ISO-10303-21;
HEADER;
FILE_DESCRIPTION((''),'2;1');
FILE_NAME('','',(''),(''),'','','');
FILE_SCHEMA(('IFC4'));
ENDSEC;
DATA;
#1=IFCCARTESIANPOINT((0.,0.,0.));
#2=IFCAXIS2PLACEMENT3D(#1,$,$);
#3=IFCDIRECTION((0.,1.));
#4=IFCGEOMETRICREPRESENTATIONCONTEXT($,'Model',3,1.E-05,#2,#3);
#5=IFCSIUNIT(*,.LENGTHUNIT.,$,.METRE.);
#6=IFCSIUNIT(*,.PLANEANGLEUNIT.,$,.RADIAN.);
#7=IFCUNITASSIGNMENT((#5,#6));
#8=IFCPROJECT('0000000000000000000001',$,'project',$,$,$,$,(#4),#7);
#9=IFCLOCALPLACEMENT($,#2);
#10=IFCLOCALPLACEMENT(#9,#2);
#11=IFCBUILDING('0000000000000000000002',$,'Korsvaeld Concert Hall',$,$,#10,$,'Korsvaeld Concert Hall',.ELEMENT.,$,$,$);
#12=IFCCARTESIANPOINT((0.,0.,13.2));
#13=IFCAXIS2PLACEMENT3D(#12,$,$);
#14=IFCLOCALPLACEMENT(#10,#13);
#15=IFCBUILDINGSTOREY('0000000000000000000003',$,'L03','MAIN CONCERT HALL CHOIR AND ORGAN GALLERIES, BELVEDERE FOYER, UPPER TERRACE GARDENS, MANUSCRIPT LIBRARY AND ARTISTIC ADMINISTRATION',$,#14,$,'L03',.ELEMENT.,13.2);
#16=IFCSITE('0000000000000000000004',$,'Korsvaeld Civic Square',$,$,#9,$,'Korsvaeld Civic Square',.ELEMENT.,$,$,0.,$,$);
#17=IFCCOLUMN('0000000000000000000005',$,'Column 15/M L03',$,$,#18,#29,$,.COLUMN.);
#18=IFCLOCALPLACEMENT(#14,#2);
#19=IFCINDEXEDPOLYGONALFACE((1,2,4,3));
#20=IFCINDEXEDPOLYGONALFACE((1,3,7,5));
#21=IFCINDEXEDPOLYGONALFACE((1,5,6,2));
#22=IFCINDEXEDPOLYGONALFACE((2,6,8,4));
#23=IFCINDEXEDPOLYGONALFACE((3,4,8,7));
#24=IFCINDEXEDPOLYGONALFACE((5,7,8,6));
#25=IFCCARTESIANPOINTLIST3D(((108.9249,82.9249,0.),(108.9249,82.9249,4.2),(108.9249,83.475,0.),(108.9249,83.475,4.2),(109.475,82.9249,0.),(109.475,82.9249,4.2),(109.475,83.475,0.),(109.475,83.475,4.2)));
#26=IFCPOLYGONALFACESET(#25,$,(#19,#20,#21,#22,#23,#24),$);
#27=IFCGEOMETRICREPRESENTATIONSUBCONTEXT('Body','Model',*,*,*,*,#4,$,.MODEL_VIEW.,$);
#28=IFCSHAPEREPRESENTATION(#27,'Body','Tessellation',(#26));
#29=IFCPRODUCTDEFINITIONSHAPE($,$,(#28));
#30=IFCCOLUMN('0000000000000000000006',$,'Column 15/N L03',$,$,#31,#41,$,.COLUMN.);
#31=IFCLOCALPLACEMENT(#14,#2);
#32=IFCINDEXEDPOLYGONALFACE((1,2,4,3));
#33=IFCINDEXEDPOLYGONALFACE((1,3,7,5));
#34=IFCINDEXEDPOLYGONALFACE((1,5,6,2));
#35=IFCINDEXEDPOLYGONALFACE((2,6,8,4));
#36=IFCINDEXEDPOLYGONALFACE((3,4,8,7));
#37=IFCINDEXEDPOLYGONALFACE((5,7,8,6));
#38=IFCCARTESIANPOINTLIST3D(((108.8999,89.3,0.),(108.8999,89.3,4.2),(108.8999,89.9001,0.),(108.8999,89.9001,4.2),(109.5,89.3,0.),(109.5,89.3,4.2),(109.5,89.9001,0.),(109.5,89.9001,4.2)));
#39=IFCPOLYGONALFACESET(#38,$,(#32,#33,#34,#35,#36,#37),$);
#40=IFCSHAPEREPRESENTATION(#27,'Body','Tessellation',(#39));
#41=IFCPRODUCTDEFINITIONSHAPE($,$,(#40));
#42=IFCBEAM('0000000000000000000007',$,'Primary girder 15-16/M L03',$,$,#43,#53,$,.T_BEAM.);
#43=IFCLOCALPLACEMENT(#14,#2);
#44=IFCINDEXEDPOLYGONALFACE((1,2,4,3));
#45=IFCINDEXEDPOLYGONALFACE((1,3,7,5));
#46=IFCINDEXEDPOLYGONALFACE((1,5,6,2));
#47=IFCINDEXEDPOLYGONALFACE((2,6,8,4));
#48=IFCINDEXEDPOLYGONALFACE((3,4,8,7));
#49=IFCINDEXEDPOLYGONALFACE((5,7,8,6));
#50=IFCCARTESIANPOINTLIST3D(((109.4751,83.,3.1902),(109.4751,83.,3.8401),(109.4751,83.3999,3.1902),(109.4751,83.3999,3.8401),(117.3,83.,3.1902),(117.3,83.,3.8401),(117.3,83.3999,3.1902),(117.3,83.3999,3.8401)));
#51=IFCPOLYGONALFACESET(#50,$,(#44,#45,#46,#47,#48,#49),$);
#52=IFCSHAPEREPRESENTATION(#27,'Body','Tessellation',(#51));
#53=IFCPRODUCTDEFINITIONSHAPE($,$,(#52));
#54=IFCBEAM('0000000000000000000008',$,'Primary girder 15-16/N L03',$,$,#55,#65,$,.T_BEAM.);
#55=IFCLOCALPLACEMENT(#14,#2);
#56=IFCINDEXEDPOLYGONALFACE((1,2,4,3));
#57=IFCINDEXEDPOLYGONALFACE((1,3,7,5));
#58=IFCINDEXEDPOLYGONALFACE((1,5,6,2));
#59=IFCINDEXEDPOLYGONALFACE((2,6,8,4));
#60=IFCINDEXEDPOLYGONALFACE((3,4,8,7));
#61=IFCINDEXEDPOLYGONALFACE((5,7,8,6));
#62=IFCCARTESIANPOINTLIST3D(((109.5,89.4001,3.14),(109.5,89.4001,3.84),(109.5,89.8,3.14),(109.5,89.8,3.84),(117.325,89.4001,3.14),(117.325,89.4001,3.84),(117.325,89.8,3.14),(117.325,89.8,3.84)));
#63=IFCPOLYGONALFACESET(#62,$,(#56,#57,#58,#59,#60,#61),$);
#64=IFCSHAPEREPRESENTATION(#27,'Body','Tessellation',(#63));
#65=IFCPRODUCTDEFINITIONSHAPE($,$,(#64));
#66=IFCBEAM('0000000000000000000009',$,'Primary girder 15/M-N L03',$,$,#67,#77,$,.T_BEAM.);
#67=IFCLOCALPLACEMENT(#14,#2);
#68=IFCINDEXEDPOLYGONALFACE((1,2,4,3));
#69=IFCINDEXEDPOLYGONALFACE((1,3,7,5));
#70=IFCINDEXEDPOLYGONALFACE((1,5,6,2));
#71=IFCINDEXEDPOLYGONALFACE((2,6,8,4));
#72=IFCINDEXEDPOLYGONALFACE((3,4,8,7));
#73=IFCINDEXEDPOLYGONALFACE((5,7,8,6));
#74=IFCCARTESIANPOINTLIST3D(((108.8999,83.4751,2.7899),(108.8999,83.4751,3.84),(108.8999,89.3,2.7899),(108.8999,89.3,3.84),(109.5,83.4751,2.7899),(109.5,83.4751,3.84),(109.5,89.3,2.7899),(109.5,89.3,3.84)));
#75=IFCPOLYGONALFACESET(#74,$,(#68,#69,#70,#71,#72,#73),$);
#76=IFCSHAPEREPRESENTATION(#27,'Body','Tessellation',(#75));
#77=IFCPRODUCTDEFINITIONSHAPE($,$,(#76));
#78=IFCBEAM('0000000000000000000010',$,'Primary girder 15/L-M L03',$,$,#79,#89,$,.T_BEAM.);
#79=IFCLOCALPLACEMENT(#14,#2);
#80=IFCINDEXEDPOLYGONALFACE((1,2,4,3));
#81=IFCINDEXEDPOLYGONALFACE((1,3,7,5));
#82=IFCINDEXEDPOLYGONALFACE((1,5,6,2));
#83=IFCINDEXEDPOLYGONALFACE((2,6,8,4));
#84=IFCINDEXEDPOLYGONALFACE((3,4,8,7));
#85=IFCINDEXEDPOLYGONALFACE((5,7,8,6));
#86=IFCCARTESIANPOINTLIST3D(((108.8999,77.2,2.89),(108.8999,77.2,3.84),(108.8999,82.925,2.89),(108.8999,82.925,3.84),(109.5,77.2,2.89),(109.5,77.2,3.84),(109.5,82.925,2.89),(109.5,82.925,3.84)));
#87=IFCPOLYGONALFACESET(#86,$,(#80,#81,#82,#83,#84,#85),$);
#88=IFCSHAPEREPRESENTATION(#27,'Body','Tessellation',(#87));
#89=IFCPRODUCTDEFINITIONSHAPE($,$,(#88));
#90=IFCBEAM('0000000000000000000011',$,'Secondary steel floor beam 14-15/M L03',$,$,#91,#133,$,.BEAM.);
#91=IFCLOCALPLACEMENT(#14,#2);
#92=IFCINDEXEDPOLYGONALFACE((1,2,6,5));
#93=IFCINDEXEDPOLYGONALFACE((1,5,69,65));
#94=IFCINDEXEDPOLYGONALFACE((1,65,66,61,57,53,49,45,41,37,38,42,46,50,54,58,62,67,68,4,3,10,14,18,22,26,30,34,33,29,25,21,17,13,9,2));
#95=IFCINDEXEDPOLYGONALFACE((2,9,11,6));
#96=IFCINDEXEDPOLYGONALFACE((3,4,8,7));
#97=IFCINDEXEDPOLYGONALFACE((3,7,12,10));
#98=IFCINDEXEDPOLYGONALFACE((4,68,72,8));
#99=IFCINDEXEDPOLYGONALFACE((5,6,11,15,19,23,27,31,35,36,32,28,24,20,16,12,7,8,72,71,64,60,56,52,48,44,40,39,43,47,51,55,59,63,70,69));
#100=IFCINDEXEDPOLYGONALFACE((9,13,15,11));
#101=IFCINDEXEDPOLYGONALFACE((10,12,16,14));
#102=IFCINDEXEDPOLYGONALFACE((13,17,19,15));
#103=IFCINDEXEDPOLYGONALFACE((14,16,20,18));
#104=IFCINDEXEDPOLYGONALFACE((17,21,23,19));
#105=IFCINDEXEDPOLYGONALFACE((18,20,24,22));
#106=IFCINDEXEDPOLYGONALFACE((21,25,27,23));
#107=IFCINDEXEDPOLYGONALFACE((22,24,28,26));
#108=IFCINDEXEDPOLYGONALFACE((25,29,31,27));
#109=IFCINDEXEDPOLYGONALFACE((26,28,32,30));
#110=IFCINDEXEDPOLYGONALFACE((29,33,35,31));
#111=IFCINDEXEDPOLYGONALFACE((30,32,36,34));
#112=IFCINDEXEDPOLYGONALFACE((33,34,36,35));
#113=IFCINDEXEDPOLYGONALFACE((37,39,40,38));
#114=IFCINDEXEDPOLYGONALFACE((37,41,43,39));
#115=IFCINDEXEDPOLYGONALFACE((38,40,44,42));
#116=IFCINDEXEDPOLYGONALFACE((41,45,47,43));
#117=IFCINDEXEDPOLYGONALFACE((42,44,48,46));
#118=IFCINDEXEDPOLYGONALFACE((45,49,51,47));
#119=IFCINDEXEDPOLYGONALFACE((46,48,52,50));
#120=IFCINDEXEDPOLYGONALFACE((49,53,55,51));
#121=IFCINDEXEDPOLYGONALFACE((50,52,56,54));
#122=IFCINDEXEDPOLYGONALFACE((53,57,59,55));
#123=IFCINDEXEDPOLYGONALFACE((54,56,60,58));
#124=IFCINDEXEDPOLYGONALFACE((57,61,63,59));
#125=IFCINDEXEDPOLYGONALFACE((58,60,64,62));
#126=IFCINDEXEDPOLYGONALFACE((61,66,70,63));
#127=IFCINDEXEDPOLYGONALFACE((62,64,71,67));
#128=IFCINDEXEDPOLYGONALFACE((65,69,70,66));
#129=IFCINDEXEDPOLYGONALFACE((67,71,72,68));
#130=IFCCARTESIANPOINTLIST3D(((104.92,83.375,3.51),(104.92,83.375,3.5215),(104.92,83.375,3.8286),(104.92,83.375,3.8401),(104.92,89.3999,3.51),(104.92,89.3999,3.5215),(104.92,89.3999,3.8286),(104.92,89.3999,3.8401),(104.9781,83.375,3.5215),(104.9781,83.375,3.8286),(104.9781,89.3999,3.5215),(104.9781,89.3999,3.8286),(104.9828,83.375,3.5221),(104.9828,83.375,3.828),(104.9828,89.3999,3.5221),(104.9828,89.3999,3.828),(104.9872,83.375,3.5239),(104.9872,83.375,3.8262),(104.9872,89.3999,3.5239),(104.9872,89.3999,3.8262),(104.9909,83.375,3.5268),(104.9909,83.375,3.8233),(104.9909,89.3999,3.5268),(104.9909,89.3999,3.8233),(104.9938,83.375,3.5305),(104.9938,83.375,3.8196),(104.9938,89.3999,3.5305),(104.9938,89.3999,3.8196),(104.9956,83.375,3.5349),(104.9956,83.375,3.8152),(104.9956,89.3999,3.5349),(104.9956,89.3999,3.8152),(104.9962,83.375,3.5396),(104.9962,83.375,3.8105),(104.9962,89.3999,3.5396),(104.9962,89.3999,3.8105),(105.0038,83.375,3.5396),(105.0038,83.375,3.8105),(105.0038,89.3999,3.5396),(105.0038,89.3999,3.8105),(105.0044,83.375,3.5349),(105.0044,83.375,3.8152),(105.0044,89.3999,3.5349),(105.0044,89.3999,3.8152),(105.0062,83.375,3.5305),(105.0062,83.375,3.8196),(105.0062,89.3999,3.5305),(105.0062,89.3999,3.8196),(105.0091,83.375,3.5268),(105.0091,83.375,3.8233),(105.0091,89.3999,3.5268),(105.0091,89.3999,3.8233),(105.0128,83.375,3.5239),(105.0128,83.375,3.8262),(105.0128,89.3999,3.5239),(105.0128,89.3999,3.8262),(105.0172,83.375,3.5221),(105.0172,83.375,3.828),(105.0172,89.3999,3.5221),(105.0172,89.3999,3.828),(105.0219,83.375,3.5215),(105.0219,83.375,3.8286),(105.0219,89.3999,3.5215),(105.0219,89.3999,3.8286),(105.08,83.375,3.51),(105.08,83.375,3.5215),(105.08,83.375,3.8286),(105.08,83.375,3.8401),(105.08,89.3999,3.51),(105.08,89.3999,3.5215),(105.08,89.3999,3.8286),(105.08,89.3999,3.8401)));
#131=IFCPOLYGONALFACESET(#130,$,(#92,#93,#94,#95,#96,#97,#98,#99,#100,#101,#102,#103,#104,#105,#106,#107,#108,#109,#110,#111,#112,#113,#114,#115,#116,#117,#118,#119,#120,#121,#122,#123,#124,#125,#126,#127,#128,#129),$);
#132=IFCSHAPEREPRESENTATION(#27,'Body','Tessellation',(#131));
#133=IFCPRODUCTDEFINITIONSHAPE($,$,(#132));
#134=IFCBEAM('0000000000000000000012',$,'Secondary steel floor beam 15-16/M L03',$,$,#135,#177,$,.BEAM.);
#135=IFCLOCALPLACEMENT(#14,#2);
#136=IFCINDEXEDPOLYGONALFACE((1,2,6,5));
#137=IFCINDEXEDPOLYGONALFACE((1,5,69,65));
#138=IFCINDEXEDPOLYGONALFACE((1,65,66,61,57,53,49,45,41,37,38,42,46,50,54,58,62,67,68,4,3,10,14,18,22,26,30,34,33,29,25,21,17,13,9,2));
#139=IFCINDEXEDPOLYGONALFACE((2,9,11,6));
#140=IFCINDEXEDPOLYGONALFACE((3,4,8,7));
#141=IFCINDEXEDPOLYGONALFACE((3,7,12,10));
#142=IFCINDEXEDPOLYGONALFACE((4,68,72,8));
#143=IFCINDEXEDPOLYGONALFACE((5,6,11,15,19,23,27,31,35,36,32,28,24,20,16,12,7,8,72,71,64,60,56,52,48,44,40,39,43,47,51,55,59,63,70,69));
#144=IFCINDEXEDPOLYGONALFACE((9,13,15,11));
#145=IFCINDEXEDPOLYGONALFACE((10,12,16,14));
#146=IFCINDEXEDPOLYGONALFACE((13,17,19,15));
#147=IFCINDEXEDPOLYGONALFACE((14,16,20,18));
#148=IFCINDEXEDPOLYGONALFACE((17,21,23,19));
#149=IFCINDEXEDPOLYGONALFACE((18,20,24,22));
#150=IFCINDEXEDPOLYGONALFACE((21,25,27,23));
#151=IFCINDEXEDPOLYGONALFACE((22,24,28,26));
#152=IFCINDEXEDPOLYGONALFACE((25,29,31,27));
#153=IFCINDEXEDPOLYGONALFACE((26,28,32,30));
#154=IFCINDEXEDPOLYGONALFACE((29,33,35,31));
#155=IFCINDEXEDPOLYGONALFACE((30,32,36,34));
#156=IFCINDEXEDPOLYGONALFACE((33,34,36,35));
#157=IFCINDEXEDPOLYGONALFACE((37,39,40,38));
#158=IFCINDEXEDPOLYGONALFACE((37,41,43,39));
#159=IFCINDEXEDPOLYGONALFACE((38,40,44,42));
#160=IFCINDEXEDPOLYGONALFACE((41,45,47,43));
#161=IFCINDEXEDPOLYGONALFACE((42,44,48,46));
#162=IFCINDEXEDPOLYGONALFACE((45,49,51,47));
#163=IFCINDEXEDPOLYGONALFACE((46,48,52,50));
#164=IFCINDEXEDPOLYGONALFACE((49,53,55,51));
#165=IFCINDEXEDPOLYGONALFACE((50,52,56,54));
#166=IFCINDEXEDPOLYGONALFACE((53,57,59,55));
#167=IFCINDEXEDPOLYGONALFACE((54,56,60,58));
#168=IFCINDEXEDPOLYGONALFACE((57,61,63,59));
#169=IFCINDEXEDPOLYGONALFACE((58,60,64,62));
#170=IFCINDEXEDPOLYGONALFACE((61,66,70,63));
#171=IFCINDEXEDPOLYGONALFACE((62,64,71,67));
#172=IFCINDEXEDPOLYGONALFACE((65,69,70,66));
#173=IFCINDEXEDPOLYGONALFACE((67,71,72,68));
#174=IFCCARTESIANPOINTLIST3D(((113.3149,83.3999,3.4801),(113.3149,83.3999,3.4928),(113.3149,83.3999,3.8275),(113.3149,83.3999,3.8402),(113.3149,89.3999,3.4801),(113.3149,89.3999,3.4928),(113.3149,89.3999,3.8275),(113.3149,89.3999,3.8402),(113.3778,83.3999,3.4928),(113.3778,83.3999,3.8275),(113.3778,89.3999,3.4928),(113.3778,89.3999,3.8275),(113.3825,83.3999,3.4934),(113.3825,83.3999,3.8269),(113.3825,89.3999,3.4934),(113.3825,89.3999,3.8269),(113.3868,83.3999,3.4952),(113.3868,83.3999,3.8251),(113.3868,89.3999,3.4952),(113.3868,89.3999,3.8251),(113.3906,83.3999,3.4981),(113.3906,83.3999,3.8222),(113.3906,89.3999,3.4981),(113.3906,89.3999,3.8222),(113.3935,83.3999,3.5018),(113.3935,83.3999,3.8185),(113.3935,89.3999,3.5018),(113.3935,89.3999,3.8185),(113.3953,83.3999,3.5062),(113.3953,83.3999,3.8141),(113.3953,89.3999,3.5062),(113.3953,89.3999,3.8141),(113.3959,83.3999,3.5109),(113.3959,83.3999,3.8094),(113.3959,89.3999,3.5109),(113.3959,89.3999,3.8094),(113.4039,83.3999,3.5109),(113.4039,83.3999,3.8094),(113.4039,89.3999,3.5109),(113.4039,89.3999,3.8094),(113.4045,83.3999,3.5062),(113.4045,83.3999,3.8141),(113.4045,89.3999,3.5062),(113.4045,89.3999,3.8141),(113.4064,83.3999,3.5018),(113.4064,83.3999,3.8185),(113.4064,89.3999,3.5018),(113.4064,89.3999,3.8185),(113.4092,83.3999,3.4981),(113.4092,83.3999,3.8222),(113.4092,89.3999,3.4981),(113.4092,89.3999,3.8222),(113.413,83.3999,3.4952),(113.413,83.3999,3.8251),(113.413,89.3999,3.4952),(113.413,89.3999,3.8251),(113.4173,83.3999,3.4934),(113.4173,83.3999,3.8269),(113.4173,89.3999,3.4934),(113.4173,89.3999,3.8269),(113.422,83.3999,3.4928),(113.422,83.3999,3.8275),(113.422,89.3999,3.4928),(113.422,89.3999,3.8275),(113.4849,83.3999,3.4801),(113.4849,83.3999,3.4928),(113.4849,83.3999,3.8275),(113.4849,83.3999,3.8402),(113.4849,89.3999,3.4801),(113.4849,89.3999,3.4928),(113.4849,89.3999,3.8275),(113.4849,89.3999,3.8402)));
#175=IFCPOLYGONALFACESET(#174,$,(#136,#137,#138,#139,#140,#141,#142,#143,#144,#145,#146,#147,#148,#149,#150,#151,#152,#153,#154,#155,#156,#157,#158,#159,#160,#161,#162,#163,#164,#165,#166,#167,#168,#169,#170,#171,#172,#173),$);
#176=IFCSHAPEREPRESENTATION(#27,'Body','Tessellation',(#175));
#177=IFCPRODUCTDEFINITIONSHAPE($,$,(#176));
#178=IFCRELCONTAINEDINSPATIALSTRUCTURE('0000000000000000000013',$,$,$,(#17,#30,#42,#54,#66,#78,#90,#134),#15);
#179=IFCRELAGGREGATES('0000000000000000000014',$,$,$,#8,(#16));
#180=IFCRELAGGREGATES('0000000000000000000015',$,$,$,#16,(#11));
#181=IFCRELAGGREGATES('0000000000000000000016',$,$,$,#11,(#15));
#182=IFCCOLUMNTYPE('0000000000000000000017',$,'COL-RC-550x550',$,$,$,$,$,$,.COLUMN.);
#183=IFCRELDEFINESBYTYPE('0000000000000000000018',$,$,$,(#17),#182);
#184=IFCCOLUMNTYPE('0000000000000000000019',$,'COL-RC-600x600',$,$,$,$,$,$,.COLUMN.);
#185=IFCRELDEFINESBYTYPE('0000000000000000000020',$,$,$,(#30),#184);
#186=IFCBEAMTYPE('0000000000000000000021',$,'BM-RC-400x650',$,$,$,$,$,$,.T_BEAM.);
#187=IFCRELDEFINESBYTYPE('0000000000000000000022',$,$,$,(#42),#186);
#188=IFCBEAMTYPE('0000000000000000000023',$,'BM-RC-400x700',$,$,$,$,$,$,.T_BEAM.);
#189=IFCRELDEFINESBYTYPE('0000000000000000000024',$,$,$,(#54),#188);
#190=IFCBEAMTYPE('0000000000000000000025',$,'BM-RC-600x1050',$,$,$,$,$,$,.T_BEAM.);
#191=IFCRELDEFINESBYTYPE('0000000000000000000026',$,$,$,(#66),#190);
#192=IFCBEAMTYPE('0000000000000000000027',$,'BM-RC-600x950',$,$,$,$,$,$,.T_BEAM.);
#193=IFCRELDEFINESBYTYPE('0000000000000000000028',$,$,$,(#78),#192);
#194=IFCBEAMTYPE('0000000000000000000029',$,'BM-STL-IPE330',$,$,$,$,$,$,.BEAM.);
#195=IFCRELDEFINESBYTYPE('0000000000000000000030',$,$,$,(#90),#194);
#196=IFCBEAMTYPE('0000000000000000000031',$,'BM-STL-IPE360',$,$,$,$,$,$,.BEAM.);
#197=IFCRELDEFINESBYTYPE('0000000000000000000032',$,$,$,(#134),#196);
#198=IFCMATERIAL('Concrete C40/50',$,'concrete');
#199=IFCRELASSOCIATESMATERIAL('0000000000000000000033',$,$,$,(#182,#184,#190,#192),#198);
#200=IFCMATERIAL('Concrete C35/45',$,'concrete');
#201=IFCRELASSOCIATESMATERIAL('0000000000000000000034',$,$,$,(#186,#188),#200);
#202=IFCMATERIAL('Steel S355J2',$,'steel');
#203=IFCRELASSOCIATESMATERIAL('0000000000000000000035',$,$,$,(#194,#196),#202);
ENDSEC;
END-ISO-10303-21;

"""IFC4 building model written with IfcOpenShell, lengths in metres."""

from ifc_helpers import new_model, si_unit, direction, frame, origin, origin_2d, place, context, subcontext, project, spatial, rectangle, i_section, extrude, material, material_profile, profile_set, type_object, element, save


model = new_model("IFC4")

# Units and contexts
model_context = context("Model", 3, precision=1e-05, world=origin(), true_north=direction((0.0, 1.0)))
body_context = subcontext(model_context, "Body", "Model", "MODEL_VIEW")
ifc_project = project(units=[si_unit("LENGTHUNIT", "METRE"), si_unit("PLANEANGLEUNIT", "RADIAN")], contexts=[model_context])

# Site, building, storey
site_placement = place(None, origin())
site = spatial("IfcSite", under=ifc_project, at=site_placement, Name="Korsvaeld Civic Square", LongName="Korsvaeld Civic Square", CompositionType="ELEMENT", RefElevation=0.0)
building_placement = place(site_placement, origin())
building = spatial("IfcBuilding", under=site, at=building_placement, Name="Korsvaeld Concert Hall", LongName="Korsvaeld Concert Hall", CompositionType="ELEMENT")
storey_placement = place(building_placement, frame((0.0, 0.0, 13.2)))
storey = spatial("IfcBuildingStorey", under=building, at=storey_placement, Name="L03", Description="MAIN CONCERT HALL CHOIR AND ORGAN GALLERIES, BELVEDERE FOYER, UPPER TERRACE GARDENS, MANUSCRIPT LIBRARY AND ARTISTIC ADMINISTRATION", LongName="L03", CompositionType="ELEMENT", Elevation=13.2)

# Columns
ifc_material_1 = material(Name="Concrete C40/50", Category="concrete")
ifc_material_profile_1 = material_profile(ifc_material_1, rectangle(XDim=0.55, YDim=0.55, at=origin_2d()), Name="RC 550x550")
ifc_profile_set_1 = profile_set([ifc_material_profile_1], Name="Concrete C40/50")
column_type_1 = type_object("IfcColumnType", Name="COL-RC-550x550", PredefinedType="COLUMN", material=ifc_profile_set_1)
column_1_placement = place(storey_placement, frame((109.2, 83.2, 0.0), z_axis=(0.0, 0.0, 1.0), x_axis=(1.0, 0.0, 0.0)))
element("IfcColumn", 1, at=column_1_placement, inside=storey, type_object=column_type_1, Name="Column 15/M L03", PredefinedType="COLUMN", context=body_context, shape_type="SweptSolid", body=[
    extrude(rectangle(XDim=0.55, YDim=0.55, at=origin_2d()), origin(), (0.0, 0.0, 1.0), 4.2),
])
ifc_material_profile_2 = material_profile(ifc_material_1, rectangle(XDim=0.6001, YDim=0.6001, at=origin_2d()), Name="RC 600x600")
ifc_profile_set_2 = profile_set([ifc_material_profile_2], Name="Concrete C40/50")
column_type_2 = type_object("IfcColumnType", Name="COL-RC-600x600", PredefinedType="COLUMN", material=ifc_profile_set_2)
column_2_placement = place(storey_placement, frame((109.2, 89.6001, 0.0), z_axis=(0.0, 0.0, 1.0), x_axis=(1.0, 0.0, 0.0)))
element("IfcColumn", 2, at=column_2_placement, inside=storey, type_object=column_type_2, Name="Column 15/N L03", PredefinedType="COLUMN", context=body_context, shape_type="SweptSolid", body=[
    extrude(rectangle(XDim=0.6001, YDim=0.6001, at=origin_2d()), origin(), (0.0, 0.0, 1.0), 4.2),
])

# Beams
ifc_material_2 = material(Name="Concrete C35/45", Category="concrete")
ifc_material_profile_3 = material_profile(ifc_material_2, rectangle(XDim=0.3999, YDim=0.6499, at=origin_2d()), Name="RC 400x650")
ifc_profile_set_3 = profile_set([ifc_material_profile_3], Name="Concrete C35/45")
beam_type_1 = type_object("IfcBeamType", Name="BM-RC-400x650", PredefinedType="T_BEAM", material=ifc_profile_set_3)
beam_1_placement = place(storey_placement, frame((109.4751, 83.2, 3.5151), z_axis=(1.0, 0.0, 0.0), x_axis=(0.0, 1.0, 0.0)))
element("IfcBeam", 3, at=beam_1_placement, inside=storey, type_object=beam_type_1, Name="Primary girder 15-16/M L03", PredefinedType="T_BEAM", context=body_context, shape_type="SweptSolid", body=[
    extrude(rectangle(XDim=0.3999, YDim=0.6499, at=origin_2d()), origin(), (0.0, 0.0, 1.0), 7.825),
])
ifc_material_profile_4 = material_profile(ifc_material_2, rectangle(XDim=0.3999, YDim=0.7, at=origin_2d()), Name="RC 400x700")
ifc_profile_set_4 = profile_set([ifc_material_profile_4], Name="Concrete C35/45")
beam_type_2 = type_object("IfcBeamType", Name="BM-RC-400x700", PredefinedType="T_BEAM", material=ifc_profile_set_4)
beam_2_placement = place(storey_placement, frame((109.5, 89.6001, 3.49), z_axis=(1.0, 0.0, 0.0), x_axis=(0.0, 1.0, 0.0)))
element("IfcBeam", 4, at=beam_2_placement, inside=storey, type_object=beam_type_2, Name="Primary girder 15-16/N L03", PredefinedType="T_BEAM", context=body_context, shape_type="SweptSolid", body=[
    extrude(rectangle(XDim=0.3999, YDim=0.7, at=origin_2d()), origin(), (0.0, 0.0, 1.0), 7.825),
])
ifc_material_profile_5 = material_profile(ifc_material_1, rectangle(XDim=0.6001, YDim=1.05, at=origin_2d()), Name="RC 600x1050")
ifc_profile_set_5 = profile_set([ifc_material_profile_5], Name="Concrete C40/50")
beam_type_3 = type_object("IfcBeamType", Name="BM-RC-600x1050", PredefinedType="T_BEAM", material=ifc_profile_set_5)
beam_3_placement = place(storey_placement, frame((109.2, 83.4751, 3.3149), z_axis=(0.0, 1.0, 0.0), x_axis=(-1.0, 0.0, 0.0)))
element("IfcBeam", 5, at=beam_3_placement, inside=storey, type_object=beam_type_3, Name="Primary girder 15/M-N L03", PredefinedType="T_BEAM", context=body_context, shape_type="SweptSolid", body=[
    extrude(rectangle(XDim=0.6001, YDim=1.05, at=origin_2d()), origin(), (0.0, 0.0, 1.0), 5.825),
])
ifc_material_profile_6 = material_profile(ifc_material_1, rectangle(XDim=0.6001, YDim=0.95, at=origin_2d()), Name="RC 600x950")
ifc_profile_set_6 = profile_set([ifc_material_profile_6], Name="Concrete C40/50")
beam_type_4 = type_object("IfcBeamType", Name="BM-RC-600x950", PredefinedType="T_BEAM", material=ifc_profile_set_6)
beam_4_placement = place(storey_placement, frame((109.2, 77.2, 3.365), z_axis=(0.0, 1.0, 0.0), x_axis=(-1.0, 0.0, 0.0)))
element("IfcBeam", 6, at=beam_4_placement, inside=storey, type_object=beam_type_4, Name="Primary girder 15/L-M L03", PredefinedType="T_BEAM", context=body_context, shape_type="SweptSolid", body=[
    extrude(rectangle(XDim=0.6001, YDim=0.95, at=origin_2d()), origin(), (0.0, 0.0, 1.0), 5.7251),
])
ifc_material_3 = material(Name="Steel S355J2", Category="steel")
ifc_material_profile_7 = material_profile(ifc_material_3, i_section(OverallWidth=0.1599, OverallDepth=0.3301, WebThickness=0.0076, FlangeThickness=0.0115, FilletRadius=0.0181, at=origin_2d()), Name="IPE 330")
ifc_profile_set_7 = profile_set([ifc_material_profile_7], Name="Steel S355J2")
beam_type_5 = type_object("IfcBeamType", Name="BM-STL-IPE330", PredefinedType="BEAM", material=ifc_profile_set_7)
beam_5_placement = place(storey_placement, frame((105.0, 83.375, 3.675), z_axis=(0.0, 1.0, 0.0), x_axis=(-1.0, 0.0, 0.0)))
element("IfcBeam", 7, at=beam_5_placement, inside=storey, type_object=beam_type_5, Name="Secondary steel floor beam 14-15/M L03", PredefinedType="BEAM", context=body_context, shape_type="SweptSolid", body=[
    extrude(i_section(OverallWidth=0.1599, OverallDepth=0.3301, WebThickness=0.0076, FlangeThickness=0.0115, FilletRadius=0.0181, at=origin_2d()), origin(), (0.0, 0.0, 1.0), 6.0249),
])
ifc_material_profile_8 = material_profile(ifc_material_3, i_section(OverallWidth=0.1699, OverallDepth=0.3601, WebThickness=0.0081, FlangeThickness=0.0127, FilletRadius=0.0181, at=origin_2d()), Name="IPE 360")
ifc_profile_set_8 = profile_set([ifc_material_profile_8], Name="Steel S355J2")
beam_type_6 = type_object("IfcBeamType", Name="BM-STL-IPE360", PredefinedType="BEAM", material=ifc_profile_set_8)
beam_6_placement = place(storey_placement, frame((113.3999, 83.3999, 3.6602), z_axis=(0.0, 1.0, 0.0), x_axis=(-1.0, 0.0, 0.0)))
element("IfcBeam", 8, at=beam_6_placement, inside=storey, type_object=beam_type_6, Name="Secondary steel floor beam 15-16/M L03", PredefinedType="BEAM", context=body_context, shape_type="SweptSolid", body=[
    extrude(i_section(OverallWidth=0.1699, OverallDepth=0.3601, WebThickness=0.0081, FlangeThickness=0.0127, FilletRadius=0.0181, at=origin_2d()), origin(), (0.0, 0.0, 1.0), 6.0),
])

save(model, "model.ifc")
